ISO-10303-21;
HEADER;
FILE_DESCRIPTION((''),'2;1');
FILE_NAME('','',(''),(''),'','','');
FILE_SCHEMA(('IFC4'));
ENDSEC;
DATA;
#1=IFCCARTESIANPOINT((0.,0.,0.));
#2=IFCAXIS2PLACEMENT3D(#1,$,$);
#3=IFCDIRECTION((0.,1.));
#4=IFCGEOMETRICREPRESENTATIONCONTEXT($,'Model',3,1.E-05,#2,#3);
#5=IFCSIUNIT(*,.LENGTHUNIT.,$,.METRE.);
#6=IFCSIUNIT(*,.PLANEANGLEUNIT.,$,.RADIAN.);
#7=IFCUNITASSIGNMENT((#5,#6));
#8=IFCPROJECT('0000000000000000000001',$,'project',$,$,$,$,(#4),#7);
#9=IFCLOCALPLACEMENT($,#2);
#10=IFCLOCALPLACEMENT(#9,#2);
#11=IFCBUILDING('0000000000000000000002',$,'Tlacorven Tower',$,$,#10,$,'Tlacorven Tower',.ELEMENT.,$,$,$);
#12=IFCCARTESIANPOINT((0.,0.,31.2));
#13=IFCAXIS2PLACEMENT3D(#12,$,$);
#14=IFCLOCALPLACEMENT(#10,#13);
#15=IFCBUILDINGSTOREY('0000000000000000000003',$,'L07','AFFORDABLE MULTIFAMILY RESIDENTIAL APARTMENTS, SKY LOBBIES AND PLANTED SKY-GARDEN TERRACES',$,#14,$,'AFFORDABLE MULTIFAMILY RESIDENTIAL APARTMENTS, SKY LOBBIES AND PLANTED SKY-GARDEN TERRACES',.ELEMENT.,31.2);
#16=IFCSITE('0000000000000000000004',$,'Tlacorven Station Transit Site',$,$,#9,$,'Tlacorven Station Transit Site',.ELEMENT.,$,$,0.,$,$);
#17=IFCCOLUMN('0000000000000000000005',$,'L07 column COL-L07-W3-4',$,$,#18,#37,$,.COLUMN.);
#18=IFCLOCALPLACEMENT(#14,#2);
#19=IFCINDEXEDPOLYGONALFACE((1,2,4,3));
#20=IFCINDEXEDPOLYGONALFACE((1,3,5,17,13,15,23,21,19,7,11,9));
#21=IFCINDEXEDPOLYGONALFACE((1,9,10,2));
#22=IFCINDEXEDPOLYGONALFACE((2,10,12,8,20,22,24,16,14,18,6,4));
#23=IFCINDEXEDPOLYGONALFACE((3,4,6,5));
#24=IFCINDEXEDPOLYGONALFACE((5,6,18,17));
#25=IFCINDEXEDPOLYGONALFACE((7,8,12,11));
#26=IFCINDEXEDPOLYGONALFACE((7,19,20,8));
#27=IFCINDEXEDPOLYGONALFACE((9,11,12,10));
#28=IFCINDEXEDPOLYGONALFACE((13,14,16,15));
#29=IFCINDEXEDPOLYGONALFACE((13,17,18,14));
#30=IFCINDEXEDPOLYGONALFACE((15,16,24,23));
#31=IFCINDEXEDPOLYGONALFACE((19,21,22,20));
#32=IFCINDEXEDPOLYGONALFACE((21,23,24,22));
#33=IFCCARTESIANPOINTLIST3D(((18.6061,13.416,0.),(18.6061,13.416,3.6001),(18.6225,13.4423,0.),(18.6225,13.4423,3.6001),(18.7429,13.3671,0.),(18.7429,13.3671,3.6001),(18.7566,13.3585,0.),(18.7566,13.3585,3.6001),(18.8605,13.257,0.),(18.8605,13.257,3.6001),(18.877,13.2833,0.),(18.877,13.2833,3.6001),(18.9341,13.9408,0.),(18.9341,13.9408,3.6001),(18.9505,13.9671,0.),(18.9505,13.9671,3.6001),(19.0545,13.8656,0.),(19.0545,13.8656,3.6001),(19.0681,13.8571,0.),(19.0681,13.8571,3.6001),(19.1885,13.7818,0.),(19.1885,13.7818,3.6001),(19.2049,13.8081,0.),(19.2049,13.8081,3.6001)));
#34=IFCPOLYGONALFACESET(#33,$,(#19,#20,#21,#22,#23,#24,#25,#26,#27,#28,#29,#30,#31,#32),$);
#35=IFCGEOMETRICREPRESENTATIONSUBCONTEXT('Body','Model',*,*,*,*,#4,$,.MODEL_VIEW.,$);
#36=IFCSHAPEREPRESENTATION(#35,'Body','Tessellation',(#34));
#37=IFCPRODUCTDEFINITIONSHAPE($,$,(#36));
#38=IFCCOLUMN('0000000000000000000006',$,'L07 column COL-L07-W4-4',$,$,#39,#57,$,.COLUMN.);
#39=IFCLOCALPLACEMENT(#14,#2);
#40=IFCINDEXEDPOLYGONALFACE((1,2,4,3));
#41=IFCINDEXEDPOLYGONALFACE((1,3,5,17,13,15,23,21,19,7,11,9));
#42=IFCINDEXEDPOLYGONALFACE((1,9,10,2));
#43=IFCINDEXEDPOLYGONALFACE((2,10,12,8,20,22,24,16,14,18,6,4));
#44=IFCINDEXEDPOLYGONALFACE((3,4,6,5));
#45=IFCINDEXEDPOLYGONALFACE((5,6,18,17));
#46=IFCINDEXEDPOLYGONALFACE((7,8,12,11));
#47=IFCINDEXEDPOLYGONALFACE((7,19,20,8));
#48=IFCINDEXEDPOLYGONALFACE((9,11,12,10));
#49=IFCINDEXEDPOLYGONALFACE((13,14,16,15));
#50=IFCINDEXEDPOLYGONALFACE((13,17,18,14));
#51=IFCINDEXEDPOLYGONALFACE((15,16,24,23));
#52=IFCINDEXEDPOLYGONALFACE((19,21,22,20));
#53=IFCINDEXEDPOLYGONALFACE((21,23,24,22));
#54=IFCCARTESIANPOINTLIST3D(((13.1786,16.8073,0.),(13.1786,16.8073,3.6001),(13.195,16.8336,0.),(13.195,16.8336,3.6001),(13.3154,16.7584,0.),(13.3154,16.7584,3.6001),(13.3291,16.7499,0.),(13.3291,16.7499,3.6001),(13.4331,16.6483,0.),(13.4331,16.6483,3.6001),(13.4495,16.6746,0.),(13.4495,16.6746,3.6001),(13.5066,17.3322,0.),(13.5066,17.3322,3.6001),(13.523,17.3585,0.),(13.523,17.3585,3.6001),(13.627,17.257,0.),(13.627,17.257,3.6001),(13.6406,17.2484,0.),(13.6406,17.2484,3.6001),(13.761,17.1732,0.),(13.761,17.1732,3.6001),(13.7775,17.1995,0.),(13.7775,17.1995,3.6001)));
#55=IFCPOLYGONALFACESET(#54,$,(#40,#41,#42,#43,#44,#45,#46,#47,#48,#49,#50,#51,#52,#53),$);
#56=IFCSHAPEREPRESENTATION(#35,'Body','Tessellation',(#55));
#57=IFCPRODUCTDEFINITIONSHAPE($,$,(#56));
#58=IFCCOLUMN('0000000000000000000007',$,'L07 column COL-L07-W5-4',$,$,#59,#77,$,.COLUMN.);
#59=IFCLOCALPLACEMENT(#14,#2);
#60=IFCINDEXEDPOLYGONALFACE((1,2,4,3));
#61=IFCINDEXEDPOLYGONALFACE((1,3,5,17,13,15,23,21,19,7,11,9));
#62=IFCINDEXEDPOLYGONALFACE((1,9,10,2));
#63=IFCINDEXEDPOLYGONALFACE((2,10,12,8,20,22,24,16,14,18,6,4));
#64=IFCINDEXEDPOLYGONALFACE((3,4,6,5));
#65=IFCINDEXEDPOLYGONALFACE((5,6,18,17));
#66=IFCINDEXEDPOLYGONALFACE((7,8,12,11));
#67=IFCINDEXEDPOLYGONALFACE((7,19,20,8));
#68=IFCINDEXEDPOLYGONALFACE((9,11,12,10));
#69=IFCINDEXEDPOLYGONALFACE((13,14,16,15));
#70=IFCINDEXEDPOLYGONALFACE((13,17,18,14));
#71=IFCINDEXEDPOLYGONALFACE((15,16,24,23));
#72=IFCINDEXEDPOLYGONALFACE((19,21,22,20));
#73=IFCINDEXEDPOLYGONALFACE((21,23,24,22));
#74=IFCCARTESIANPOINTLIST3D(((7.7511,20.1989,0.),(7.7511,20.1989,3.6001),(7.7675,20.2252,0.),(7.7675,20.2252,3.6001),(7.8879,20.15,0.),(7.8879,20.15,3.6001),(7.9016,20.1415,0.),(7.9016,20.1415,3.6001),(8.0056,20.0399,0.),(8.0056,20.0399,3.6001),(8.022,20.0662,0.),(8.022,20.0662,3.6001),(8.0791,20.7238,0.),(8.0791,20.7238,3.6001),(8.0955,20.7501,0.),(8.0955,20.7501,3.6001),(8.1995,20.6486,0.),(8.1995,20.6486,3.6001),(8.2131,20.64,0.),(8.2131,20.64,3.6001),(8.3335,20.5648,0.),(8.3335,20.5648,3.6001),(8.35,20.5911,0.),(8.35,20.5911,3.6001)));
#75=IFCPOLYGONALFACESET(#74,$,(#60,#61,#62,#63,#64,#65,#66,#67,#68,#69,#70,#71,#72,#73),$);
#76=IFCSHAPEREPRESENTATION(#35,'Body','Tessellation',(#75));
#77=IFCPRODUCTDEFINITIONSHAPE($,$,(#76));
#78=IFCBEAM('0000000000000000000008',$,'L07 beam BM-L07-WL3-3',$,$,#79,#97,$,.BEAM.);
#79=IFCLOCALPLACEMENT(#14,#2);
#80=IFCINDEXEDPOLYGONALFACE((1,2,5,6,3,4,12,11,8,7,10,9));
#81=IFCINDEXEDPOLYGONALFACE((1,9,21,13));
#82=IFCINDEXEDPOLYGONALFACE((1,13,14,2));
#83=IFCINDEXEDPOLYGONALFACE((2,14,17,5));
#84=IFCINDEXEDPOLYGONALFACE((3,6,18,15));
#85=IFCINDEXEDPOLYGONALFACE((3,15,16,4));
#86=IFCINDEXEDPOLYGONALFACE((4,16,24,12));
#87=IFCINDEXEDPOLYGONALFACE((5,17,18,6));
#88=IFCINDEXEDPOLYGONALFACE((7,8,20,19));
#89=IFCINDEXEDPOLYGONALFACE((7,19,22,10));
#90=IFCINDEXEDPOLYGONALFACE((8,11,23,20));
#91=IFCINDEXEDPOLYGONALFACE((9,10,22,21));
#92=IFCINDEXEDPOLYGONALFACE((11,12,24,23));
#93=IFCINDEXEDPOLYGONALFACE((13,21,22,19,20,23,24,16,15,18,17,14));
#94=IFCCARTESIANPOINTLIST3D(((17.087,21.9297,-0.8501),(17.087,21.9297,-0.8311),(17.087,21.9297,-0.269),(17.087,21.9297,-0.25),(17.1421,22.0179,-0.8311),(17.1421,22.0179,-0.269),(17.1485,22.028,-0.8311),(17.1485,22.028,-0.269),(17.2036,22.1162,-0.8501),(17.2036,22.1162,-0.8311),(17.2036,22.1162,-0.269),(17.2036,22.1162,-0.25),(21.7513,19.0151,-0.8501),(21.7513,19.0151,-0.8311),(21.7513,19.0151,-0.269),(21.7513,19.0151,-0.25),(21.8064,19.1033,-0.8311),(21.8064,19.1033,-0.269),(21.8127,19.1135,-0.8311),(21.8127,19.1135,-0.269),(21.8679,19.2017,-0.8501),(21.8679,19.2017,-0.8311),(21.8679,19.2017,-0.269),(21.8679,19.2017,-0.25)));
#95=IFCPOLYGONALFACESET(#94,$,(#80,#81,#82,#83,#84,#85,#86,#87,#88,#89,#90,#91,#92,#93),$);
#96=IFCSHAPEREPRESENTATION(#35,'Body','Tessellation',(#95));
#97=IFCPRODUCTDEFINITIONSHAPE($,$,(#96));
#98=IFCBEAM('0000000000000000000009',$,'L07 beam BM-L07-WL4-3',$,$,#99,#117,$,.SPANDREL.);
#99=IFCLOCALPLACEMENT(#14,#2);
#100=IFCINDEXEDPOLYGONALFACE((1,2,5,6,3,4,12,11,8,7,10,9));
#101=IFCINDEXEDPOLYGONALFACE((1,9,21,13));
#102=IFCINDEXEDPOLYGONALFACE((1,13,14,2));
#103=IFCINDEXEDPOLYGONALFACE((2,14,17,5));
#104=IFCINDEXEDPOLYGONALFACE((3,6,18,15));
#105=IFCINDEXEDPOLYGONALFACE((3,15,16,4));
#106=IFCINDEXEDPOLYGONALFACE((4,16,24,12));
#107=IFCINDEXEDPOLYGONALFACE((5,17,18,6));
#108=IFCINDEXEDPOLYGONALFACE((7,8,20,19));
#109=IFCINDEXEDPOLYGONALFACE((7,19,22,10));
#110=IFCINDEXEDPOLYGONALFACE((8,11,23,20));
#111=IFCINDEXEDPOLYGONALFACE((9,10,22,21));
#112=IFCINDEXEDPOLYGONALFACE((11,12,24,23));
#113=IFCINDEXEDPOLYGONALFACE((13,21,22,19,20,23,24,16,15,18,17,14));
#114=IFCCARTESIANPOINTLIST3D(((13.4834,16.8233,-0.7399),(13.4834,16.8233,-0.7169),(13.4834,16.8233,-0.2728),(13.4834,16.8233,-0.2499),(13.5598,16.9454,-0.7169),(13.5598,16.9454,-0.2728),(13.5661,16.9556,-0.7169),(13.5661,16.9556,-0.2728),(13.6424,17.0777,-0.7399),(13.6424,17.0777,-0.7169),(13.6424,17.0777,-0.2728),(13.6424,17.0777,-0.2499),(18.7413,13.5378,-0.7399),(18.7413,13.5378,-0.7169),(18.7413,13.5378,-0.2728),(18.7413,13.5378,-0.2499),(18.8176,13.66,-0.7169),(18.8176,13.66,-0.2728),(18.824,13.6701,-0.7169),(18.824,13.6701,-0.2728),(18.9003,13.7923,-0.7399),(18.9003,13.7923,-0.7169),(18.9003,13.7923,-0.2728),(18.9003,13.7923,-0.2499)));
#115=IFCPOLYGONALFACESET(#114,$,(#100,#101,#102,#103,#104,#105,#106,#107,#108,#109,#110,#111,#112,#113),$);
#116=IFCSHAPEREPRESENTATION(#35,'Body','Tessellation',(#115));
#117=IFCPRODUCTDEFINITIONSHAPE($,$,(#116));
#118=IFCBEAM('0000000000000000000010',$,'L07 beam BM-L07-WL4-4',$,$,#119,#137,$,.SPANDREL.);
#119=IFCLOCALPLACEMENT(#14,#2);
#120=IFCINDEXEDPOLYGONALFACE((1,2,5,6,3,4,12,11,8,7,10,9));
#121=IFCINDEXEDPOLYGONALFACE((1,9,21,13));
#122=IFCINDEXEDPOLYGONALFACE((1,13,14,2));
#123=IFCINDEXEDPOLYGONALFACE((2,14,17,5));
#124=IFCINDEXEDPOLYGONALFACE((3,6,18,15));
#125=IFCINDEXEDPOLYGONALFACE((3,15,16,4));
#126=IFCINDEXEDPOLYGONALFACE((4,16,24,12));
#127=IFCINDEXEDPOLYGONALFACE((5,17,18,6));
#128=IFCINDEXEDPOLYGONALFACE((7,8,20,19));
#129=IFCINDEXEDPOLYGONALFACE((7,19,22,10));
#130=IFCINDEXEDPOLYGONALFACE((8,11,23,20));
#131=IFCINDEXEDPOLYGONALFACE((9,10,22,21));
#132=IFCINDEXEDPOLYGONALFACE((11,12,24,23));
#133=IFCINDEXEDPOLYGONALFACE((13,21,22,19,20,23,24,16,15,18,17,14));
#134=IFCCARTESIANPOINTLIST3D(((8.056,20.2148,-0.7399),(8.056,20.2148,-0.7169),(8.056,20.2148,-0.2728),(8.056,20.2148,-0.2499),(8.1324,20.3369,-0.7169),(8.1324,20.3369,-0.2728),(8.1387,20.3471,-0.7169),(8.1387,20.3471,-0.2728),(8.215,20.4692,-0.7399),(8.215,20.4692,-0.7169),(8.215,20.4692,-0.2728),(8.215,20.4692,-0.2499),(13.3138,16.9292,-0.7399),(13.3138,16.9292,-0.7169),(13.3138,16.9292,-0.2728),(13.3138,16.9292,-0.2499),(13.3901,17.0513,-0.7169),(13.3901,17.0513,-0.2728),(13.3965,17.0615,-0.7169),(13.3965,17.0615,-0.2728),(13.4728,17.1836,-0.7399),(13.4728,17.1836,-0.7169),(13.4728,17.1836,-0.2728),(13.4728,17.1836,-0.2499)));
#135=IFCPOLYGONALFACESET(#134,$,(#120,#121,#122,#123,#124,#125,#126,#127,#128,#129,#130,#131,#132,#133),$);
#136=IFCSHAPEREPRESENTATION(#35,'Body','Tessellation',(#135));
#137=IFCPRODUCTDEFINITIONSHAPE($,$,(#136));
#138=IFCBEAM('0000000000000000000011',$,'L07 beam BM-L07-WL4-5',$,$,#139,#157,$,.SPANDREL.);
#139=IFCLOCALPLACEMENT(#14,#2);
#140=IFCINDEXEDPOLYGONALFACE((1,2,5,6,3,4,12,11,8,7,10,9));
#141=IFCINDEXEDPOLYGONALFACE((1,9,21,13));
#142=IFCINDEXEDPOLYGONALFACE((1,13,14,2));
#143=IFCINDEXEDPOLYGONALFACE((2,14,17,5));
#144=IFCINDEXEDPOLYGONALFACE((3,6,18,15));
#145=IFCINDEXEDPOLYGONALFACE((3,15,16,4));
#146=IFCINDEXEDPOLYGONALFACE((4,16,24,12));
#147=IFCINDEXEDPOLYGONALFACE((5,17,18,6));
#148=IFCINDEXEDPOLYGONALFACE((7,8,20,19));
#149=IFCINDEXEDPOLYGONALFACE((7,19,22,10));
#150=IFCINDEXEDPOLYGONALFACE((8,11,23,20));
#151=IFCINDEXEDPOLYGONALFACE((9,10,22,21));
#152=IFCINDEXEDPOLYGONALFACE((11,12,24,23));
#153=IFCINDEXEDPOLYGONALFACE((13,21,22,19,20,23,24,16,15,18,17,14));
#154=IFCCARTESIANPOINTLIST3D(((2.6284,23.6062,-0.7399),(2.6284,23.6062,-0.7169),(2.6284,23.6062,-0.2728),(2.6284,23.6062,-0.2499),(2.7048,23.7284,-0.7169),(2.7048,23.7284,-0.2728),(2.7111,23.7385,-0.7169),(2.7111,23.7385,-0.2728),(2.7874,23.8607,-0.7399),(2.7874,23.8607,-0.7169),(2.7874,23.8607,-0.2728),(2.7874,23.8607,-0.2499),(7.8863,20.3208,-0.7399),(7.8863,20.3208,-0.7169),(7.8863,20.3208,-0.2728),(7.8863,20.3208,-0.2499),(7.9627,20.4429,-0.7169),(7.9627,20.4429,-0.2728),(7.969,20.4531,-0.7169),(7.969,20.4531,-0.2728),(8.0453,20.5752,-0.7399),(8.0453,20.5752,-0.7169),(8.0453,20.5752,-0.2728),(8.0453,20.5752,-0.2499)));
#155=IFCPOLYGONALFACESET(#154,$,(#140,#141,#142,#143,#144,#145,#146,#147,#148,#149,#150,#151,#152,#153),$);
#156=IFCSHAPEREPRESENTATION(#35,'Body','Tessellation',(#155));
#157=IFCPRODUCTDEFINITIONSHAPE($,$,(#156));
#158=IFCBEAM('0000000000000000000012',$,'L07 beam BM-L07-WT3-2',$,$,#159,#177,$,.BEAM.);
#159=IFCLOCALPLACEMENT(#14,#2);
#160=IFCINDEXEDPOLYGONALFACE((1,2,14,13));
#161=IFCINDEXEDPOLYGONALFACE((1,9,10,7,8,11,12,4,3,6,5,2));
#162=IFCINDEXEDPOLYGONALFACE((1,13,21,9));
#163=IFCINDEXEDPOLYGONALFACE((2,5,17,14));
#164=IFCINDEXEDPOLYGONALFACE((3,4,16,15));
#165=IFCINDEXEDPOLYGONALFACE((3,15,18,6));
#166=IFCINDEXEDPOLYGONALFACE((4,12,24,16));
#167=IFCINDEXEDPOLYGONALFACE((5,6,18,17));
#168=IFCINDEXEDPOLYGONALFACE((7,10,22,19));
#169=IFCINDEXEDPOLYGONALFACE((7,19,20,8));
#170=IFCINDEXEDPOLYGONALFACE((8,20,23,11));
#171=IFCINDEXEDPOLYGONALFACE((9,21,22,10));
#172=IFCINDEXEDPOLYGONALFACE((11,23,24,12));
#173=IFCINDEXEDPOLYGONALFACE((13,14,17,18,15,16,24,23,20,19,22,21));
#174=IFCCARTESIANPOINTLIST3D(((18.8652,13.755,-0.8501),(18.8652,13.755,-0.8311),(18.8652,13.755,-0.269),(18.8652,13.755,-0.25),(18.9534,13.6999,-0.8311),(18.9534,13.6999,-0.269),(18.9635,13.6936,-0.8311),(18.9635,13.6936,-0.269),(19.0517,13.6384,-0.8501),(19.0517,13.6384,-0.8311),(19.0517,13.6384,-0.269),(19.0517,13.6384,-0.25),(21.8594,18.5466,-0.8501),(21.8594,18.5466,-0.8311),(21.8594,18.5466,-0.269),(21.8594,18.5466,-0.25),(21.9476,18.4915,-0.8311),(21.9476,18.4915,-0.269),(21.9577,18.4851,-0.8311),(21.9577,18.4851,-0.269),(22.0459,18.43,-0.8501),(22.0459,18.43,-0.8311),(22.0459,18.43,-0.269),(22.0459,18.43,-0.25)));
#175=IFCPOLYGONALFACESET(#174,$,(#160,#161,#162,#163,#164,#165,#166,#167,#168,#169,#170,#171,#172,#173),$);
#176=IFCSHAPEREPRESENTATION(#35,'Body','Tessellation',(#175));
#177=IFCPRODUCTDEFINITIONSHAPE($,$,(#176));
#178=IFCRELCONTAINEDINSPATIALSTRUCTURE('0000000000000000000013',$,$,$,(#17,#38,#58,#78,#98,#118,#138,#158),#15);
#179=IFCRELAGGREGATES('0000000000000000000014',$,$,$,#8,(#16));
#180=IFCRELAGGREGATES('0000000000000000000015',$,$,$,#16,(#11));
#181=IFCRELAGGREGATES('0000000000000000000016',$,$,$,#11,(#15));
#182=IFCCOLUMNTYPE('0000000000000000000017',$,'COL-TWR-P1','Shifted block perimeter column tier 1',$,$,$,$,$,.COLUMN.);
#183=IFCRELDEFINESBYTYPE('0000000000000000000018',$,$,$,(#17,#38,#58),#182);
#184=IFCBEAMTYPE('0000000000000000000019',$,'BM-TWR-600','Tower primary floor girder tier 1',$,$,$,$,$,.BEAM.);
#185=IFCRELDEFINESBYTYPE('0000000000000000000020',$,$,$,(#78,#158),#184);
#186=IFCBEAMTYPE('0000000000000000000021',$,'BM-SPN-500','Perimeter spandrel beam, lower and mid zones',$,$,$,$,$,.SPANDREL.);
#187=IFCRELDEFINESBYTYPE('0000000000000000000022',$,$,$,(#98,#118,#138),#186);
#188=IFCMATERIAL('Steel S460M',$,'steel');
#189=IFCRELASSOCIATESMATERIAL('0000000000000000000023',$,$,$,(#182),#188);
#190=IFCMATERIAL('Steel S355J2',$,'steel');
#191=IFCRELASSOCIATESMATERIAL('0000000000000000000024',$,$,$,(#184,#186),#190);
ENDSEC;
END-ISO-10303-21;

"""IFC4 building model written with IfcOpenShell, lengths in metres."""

from ifc_helpers import new_model, si_unit, direction, frame, origin, origin_2d, place, context, subcontext, project, spatial, i_section, extrude, source, transform, mapped, material, material_profile, profile_set, type_object, element, save


model = new_model("IFC4")

# Units and contexts
model_context = context("Model", 3, precision=1e-05, world=origin(), true_north=direction((0.0, 1.0)))
body_context = subcontext(model_context, "Body", "Model", "MODEL_VIEW")
ifc_project = project(units=[si_unit("LENGTHUNIT", "METRE"), si_unit("PLANEANGLEUNIT", "RADIAN")], contexts=[model_context])

# Site, building, storey
site_placement = place(None, origin())
site = spatial("IfcSite", under=ifc_project, at=site_placement, Name="Tlacorven Station Transit Site", LongName="Tlacorven Station Transit Site", CompositionType="ELEMENT", RefElevation=0.0)
building_placement = place(site_placement, origin())
building = spatial("IfcBuilding", under=site, at=building_placement, Name="Tlacorven Tower", LongName="Tlacorven Tower", CompositionType="ELEMENT")
storey_placement = place(building_placement, frame((0.0, 0.0, 31.2)))
storey = spatial("IfcBuildingStorey", under=building, at=storey_placement, Name="L07", Description="AFFORDABLE MULTIFAMILY RESIDENTIAL APARTMENTS, SKY LOBBIES AND PLANTED SKY-GARDEN TERRACES", LongName="AFFORDABLE MULTIFAMILY RESIDENTIAL APARTMENTS, SKY LOBBIES AND PLANTED SKY-GARDEN TERRACES", CompositionType="ELEMENT", Elevation=31.2)

# Columns
ifc_material_1 = material(Name="Steel S460M", Category="steel")
ifc_material_profile_1 = material_profile(ifc_material_1, i_section(OverallWidth=0.3, OverallDepth=0.6499, WebThickness=0.0161, FlangeThickness=0.031, at=origin_2d()), Name="HEB 650")
ifc_profile_set_1 = profile_set([ifc_material_profile_1], Name="Steel S460M")
column_type = type_object("IfcColumnType", Name="COL-TWR-P1", Description="Shifted block perimeter column tier 1", PredefinedType="COLUMN", material=ifc_profile_set_1)
shared_shape_1 = source(origin(), body_context, "Body", "SweptSolid", [
    extrude(i_section(OverallWidth=0.3, OverallDepth=0.6499, WebThickness=0.0161, FlangeThickness=0.031, at=origin_2d()), origin(), (0.0, 0.0, 1.0), 3.6001),
])
for number, where, z_axis, x_axis, name in (
    (1, (18.9055, 13.6121, 0.0), (0.0, 0.0, 1.0), (-0.848048, 0.529919, 0.0), "L07 column COL-L07-W3-4"),
    (2, (13.478, 17.0034, 0.0), (0.0, 0.0, 1.0), (-0.848048, 0.529919, 0.0), "L07 column COL-L07-W4-4"),
    (3, (8.0505, 20.395, 0.0), (0.0, 0.0, 1.0), (-0.848048, 0.529919, 0.0), "L07 column COL-L07-W5-4"),
):
    element("IfcColumn", number, at=place(storey_placement, frame(where, z_axis=z_axis, x_axis=x_axis)), inside=storey, type_object=column_type, Name=name, PredefinedType="COLUMN", context=body_context, shape_type="MappedRepresentation", body=[
        mapped(shared_shape_1, transform((0.0, 0.0, 0.0), scale=1.0)),
    ])

# Beams
ifc_material_2 = material(Name="Steel S355J2", Category="steel")
ifc_material_profile_2 = material_profile(ifc_material_2, i_section(OverallWidth=0.22, OverallDepth=0.6001, WebThickness=0.012, FlangeThickness=0.019, at=origin_2d()), Name="IPE 600")
ifc_profile_set_2 = profile_set([ifc_material_profile_2], Name="Steel S355J2")
beam_type_1 = type_object("IfcBeamType", Name="BM-TWR-600", Description="Tower primary floor girder tier 1", PredefinedType="BEAM", material=ifc_profile_set_2)
shared_shape_2 = source(origin(), body_context, "Body", "SweptSolid", [
    extrude(i_section(OverallWidth=0.22, OverallDepth=0.6001, WebThickness=0.012, FlangeThickness=0.019, at=origin_2d()), origin(), (0.0, 0.0, 1.0), 5.5),
])
beam_1_placement = place(storey_placement, frame((21.8096, 19.1084, -0.55), z_axis=(-0.848051, 0.529915, 0.0), x_axis=(-0.529915, -0.848051, 0.0)))
element("IfcBeam", 4, at=beam_1_placement, inside=storey, type_object=beam_type_1, Name="L07 beam BM-L07-WL3-3", PredefinedType="BEAM", context=body_context, shape_type="MappedRepresentation", body=[
    mapped(shared_shape_2, transform((0.0, 0.0, 0.0), scale=1.0)),
])
ifc_material_profile_3 = material_profile(ifc_material_2, i_section(OverallWidth=0.3, OverallDepth=0.49, WebThickness=0.012, FlangeThickness=0.0229, at=origin_2d()), Name="HEA 500")
ifc_profile_set_3 = profile_set([ifc_material_profile_3], Name="Steel S355J2")
beam_type_2 = type_object("IfcBeamType", Name="BM-SPN-500", Description="Perimeter spandrel beam, lower and mid zones", PredefinedType="SPANDREL", material=ifc_profile_set_3)
shared_shape_3 = source(origin(), body_context, "Body", "SweptSolid", [
    extrude(i_section(OverallWidth=0.3, OverallDepth=0.49, WebThickness=0.012, FlangeThickness=0.0229, at=origin_2d()), origin(), (0.0, 0.0, 1.0), 6.2),
])
for number, where, z_axis, x_axis, name in (
    (5, (18.8208, 13.665, -0.4949), (-0.848051, 0.529914, 0.0), (-0.529914, -0.848051, 0.0), "L07 beam BM-L07-WL4-3"),
    (6, (13.3933, 17.0564, -0.4949), (-0.848034, 0.529942, 0.0), (-0.529942, -0.848034, 0.0), "L07 beam BM-L07-WL4-4"),
    (7, (7.9658, 20.448, -0.4949), (-0.848051, 0.529914, 0.0), (-0.529914, -0.848051, 0.0), "L07 beam BM-L07-WL4-5"),
):
    element("IfcBeam", number, at=place(storey_placement, frame(where, z_axis=z_axis, x_axis=x_axis)), inside=storey, type_object=beam_type_2, Name=name, PredefinedType="SPANDREL", context=body_context, shape_type="MappedRepresentation", body=[
        mapped(shared_shape_3, transform((0.0, 0.0, 0.0), scale=1.0)),
    ])
shared_shape_4 = source(origin(), body_context, "Body", "SweptSolid", [
    extrude(i_section(OverallWidth=0.22, OverallDepth=0.6001, WebThickness=0.012, FlangeThickness=0.019, at=origin_2d()), origin(), (0.0, 0.0, 1.0), 5.6501),
])
beam_2_placement = place(storey_placement, frame((21.9526, 18.4883, -0.55), z_axis=(-0.529929, -0.848042, 0.0), x_axis=(0.848042, -0.529929, 0.0)))
element("IfcBeam", 8, at=beam_2_placement, inside=storey, type_object=beam_type_1, Name="L07 beam BM-L07-WT3-2", PredefinedType="BEAM", context=body_context, shape_type="MappedRepresentation", body=[
    mapped(shared_shape_4, transform((0.0, 0.0, 0.0), scale=1.0)),
])

save(model, "model.ifc")
